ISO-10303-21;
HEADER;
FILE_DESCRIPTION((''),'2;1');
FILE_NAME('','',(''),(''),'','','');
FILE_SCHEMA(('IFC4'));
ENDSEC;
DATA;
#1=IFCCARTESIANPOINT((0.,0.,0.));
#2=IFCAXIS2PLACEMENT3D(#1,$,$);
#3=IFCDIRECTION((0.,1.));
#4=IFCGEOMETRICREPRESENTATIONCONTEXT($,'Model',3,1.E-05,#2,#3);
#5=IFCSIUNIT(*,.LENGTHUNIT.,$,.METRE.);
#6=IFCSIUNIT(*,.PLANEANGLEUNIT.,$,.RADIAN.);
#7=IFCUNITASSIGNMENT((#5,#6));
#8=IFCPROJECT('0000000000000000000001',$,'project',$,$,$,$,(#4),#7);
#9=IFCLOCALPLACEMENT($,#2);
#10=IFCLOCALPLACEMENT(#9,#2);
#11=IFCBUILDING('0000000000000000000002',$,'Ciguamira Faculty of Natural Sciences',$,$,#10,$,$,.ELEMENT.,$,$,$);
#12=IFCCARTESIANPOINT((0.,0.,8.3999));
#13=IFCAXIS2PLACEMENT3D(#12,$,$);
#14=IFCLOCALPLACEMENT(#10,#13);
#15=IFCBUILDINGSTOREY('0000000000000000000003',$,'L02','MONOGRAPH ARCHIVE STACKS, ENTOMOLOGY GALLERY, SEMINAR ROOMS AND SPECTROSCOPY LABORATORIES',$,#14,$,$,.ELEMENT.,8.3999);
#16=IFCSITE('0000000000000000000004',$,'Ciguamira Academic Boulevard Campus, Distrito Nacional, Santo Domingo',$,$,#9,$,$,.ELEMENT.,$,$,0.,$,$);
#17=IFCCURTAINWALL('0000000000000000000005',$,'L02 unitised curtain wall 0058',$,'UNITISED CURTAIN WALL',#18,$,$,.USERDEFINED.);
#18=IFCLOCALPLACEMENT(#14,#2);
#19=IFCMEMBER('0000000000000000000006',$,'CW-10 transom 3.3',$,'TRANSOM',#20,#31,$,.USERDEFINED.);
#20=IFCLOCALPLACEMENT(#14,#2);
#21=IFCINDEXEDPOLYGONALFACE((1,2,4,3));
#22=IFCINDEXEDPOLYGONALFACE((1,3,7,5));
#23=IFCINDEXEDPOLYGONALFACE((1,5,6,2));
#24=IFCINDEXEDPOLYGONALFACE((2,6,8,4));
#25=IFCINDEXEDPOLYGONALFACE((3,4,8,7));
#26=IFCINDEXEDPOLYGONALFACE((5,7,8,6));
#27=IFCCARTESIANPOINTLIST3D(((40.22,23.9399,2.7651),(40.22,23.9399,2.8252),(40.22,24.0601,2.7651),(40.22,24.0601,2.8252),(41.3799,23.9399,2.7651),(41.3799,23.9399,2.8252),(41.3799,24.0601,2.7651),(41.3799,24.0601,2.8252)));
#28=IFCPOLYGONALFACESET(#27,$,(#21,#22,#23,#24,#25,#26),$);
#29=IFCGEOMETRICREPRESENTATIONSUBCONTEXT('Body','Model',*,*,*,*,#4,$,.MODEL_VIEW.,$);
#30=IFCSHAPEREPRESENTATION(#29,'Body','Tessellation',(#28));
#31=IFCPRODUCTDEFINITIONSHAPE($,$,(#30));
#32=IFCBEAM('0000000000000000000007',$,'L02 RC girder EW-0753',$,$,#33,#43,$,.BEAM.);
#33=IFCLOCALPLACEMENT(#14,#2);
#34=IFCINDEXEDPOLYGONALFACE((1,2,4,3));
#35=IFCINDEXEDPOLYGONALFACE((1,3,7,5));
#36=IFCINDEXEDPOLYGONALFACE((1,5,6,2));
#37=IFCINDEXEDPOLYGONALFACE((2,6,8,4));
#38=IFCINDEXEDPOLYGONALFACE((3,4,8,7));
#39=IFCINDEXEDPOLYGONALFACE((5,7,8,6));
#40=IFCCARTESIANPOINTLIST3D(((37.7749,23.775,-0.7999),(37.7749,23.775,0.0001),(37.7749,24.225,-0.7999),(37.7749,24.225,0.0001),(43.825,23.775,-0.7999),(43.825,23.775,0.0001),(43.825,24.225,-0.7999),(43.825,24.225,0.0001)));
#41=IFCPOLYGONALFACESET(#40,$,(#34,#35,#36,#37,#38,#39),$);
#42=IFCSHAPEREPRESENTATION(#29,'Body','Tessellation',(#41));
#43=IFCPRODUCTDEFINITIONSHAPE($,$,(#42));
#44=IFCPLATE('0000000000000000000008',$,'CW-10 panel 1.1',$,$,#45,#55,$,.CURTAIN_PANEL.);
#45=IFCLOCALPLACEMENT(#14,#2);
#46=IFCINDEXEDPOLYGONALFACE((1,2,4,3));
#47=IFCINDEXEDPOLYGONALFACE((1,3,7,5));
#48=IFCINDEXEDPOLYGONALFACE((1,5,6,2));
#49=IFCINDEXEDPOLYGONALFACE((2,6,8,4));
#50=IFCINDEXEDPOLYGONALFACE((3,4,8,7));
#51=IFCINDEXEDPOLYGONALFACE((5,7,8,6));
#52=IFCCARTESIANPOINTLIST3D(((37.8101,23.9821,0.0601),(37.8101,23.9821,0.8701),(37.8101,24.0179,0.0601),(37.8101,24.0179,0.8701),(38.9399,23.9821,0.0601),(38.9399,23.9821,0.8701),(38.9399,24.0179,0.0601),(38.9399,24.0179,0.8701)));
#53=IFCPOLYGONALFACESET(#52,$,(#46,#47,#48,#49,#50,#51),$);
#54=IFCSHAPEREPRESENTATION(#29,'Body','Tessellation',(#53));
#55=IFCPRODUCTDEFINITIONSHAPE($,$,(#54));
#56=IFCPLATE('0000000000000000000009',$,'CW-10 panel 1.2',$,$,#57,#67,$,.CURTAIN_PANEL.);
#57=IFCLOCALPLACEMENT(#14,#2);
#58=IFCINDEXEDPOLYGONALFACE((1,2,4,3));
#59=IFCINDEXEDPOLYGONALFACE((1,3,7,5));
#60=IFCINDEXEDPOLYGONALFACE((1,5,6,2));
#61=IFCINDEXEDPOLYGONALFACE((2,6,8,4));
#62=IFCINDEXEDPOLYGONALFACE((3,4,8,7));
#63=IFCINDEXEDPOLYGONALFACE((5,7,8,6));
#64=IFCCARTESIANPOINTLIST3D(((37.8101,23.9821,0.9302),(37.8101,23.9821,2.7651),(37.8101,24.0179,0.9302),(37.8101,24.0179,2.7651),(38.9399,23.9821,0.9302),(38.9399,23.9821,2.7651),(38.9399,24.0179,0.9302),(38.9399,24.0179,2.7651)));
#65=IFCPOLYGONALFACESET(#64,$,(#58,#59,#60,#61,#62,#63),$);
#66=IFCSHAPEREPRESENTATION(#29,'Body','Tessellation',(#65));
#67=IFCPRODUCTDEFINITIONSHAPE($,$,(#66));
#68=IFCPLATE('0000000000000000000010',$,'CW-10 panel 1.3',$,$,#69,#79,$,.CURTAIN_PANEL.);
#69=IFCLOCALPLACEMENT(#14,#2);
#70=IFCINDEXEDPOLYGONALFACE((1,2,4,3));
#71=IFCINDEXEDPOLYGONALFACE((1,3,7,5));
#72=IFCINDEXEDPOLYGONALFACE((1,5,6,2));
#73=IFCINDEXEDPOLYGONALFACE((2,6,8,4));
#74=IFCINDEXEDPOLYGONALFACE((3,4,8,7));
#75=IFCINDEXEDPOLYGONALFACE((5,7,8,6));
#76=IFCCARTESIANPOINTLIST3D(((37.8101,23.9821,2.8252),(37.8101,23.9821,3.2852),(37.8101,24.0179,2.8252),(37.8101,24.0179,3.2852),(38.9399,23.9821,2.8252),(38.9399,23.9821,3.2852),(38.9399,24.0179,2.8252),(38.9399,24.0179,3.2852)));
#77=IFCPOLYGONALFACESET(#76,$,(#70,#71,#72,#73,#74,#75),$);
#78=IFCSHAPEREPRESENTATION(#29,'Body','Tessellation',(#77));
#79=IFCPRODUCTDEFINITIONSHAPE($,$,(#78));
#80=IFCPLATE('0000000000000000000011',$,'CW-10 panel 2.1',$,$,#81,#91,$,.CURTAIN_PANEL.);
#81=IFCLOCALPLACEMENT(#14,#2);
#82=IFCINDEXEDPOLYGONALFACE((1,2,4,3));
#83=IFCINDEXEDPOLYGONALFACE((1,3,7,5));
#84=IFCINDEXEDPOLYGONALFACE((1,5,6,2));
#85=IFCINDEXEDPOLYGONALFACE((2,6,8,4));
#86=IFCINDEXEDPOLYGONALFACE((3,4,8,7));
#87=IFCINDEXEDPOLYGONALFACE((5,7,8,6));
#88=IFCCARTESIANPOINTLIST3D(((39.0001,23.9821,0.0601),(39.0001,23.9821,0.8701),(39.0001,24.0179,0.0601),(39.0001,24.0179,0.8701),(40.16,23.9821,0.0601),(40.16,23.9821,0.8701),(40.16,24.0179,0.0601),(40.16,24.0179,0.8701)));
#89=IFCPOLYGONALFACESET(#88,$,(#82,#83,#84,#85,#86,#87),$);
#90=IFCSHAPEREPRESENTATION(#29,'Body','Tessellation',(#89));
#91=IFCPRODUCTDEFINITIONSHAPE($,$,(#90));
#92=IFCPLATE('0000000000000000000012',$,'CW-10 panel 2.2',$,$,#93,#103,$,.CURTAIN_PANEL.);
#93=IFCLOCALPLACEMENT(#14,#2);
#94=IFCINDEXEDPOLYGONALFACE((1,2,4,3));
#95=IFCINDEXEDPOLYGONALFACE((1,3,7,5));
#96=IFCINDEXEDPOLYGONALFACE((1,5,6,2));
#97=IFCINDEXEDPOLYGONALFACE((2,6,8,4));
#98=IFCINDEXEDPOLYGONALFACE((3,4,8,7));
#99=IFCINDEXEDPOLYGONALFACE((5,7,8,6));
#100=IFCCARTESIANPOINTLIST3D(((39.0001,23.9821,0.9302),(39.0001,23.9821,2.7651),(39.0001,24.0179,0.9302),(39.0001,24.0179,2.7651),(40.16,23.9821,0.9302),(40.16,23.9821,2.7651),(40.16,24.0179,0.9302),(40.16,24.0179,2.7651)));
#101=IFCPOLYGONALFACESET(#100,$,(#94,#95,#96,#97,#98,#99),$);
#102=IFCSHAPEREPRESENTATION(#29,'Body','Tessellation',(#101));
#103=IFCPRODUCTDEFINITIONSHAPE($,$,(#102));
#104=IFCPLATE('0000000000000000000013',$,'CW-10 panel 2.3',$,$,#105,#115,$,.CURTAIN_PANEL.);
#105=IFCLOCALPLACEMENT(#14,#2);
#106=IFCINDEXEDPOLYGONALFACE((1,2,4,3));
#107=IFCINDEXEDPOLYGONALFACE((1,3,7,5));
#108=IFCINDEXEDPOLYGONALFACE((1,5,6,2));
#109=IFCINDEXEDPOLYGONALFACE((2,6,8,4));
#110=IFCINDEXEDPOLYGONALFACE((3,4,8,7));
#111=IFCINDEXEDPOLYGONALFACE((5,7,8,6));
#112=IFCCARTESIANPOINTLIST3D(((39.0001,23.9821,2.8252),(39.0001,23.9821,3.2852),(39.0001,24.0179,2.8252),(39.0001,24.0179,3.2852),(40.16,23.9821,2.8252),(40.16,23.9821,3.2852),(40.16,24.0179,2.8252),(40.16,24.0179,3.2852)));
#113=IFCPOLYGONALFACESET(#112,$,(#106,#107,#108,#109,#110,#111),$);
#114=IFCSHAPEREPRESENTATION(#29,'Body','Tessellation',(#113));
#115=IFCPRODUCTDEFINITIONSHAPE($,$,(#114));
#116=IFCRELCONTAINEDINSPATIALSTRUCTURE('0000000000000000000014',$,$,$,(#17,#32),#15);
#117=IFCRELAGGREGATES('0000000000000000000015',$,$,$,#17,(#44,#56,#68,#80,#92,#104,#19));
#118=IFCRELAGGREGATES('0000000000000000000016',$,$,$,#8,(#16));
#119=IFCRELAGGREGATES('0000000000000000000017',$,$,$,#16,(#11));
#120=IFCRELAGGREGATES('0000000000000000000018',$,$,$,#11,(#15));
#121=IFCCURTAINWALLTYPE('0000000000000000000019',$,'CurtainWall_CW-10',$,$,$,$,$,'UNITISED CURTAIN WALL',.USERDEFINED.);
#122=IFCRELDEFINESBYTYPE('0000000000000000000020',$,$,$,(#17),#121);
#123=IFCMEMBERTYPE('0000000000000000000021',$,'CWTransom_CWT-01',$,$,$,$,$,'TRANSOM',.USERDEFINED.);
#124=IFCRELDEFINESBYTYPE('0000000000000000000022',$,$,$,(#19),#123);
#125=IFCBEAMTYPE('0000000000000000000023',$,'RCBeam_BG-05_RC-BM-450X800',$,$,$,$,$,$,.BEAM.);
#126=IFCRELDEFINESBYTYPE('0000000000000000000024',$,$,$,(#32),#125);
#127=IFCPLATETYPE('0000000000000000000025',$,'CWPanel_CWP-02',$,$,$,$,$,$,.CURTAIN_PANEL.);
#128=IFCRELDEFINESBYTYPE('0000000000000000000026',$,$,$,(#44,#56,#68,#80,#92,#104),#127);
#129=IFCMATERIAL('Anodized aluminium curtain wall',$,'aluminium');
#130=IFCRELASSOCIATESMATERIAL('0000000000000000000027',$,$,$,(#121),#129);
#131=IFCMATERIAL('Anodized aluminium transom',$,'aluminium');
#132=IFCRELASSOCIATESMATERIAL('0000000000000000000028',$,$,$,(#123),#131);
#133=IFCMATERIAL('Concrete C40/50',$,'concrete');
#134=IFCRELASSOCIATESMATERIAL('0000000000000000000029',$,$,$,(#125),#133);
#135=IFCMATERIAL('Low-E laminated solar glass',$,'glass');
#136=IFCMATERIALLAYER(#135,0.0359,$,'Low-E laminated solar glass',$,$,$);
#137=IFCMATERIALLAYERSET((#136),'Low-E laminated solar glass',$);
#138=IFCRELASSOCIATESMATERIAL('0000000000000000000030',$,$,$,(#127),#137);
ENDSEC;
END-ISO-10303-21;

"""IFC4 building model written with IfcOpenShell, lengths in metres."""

from ifc_helpers import new_model, si_unit, direction, frame, origin, origin_2d, place, context, subcontext, project, spatial, rectangle, extrude, material, layer, layer_set, material_profile, profile_set, type_object, element, aggregate, save


model = new_model("IFC4")

# Units and contexts
model_context = context("Model", 3, precision=1e-05, world=origin(), true_north=direction((0.0, 1.0)))
body_context = subcontext(model_context, "Body", "Model", "MODEL_VIEW")
ifc_project = project(units=[si_unit("LENGTHUNIT", "METRE"), si_unit("PLANEANGLEUNIT", "RADIAN")], contexts=[model_context])

# Site, building, storey
site_placement = place(None, origin())
site = spatial("IfcSite", under=ifc_project, at=site_placement, Name="Ciguamira Academic Boulevard Campus, Distrito Nacional, Santo Domingo", CompositionType="ELEMENT", RefElevation=0.0)
building_placement = place(site_placement, origin())
building = spatial("IfcBuilding", under=site, at=building_placement, Name="Ciguamira Faculty of Natural Sciences", CompositionType="ELEMENT")
storey_placement = place(building_placement, frame((0.0, 0.0, 8.3999)))
storey = spatial("IfcBuildingStorey", under=building, at=storey_placement, Name="L02", Description="MONOGRAPH ARCHIVE STACKS, ENTOMOLOGY GALLERY, SEMINAR ROOMS AND SPECTROSCOPY LABORATORIES", CompositionType="ELEMENT", Elevation=8.3999)

# Shared definitions
ifc_material_1 = material(Name="Concrete C40/50", Category="concrete")

# Curtain wall, member
ifc_material_2 = material(Name="Anodized aluminium curtain wall", Category="aluminium")
curtain_wall_type = type_object("IfcCurtainWallType", Name="CurtainWall_CW-10", ElementType="UNITISED CURTAIN WALL", PredefinedType="USERDEFINED", material=ifc_material_2)
curtain_wall_placement = place(storey_placement, origin())
curtain_wall = element("IfcCurtainWall", 1, at=curtain_wall_placement, inside=storey, type_object=curtain_wall_type, Name="L02 unitised curtain wall 0058", ObjectType="UNITISED CURTAIN WALL", PredefinedType="USERDEFINED")
ifc_material_3 = material(Name="Anodized aluminium transom", Category="aluminium")
ifc_material_profile_1 = material_profile(ifc_material_3, rectangle(XDim=0.0601, YDim=0.1201, at=origin_2d()), Name="ALU-TRN-60X120")
ifc_profile_set_1 = profile_set([ifc_material_profile_1], Name="Anodized aluminium transom")
member_type_1 = type_object("IfcMemberType", Name="CWTransom_CWT-01", ElementType="TRANSOM", PredefinedType="USERDEFINED", material=ifc_profile_set_1)
member_1_placement = place(storey_placement, frame((40.22, 24.0, 2.7952), z_axis=(1.0, 0.0, 0.0), x_axis=(0.0, 0.0, 1.0)))
member_1 = element("IfcMember", 2, at=member_1_placement, type_object=member_type_1, Name="CW-10 transom 3.3", ObjectType="TRANSOM", PredefinedType="USERDEFINED", context=body_context, shape_type="SweptSolid", body=[
    extrude(rectangle(XDim=0.0601, YDim=0.1201, at=origin_2d()), origin(), (0.0, 0.0, 1.0), 1.1599),
])

# Beam
ifc_material_profile_2 = material_profile(ifc_material_1, rectangle(XDim=0.45, YDim=0.8, at=origin_2d()), Name="RC-BM-450X800")
ifc_profile_set_2 = profile_set([ifc_material_profile_2], Name="Concrete C40/50")
beam_type = type_object("IfcBeamType", Name="RCBeam_BG-05_RC-BM-450X800", PredefinedType="BEAM", material=ifc_profile_set_2)
beam_placement = place(storey_placement, frame((37.7749, 24.0, -0.3999), z_axis=(1.0, 0.0, 0.0), x_axis=(0.0, 1.0, 0.0)))
element("IfcBeam", 3, at=beam_placement, inside=storey, type_object=beam_type, Name="L02 RC girder EW-0753", PredefinedType="BEAM", context=body_context, shape_type="SweptSolid", body=[
    extrude(rectangle(XDim=0.45, YDim=0.8, at=origin_2d()), origin(), (0.0, 0.0, 1.0), 6.05),
])

# Plates
ifc_material_4 = material(Name="Low-E laminated solar glass", Category="glass")
ifc_layer = layer(ifc_material_4, 0.0359, Name="Low-E laminated solar glass")
ifc_layer_set = layer_set([ifc_layer], Name="Low-E laminated solar glass")
plate_type = type_object("IfcPlateType", Name="CWPanel_CWP-02", PredefinedType="CURTAIN_PANEL", material=ifc_layer_set)
plate_1_placement = place(storey_placement, frame((38.375, 24.0, 0.0601), z_axis=(0.0, 0.0, 1.0), x_axis=(1.0, 0.0, 0.0)))
plate_1 = element("IfcPlate", 4, at=plate_1_placement, type_object=plate_type, Name="CW-10 panel 1.1", PredefinedType="CURTAIN_PANEL", context=body_context, shape_type="SweptSolid", body=[
    extrude(rectangle(XDim=1.1299, YDim=0.0359, at=origin_2d()), origin(), (0.0, 0.0, 1.0), 0.8101),
])
plate_2_placement = place(storey_placement, frame((38.375, 24.0, 0.9302), z_axis=(0.0, 0.0, 1.0), x_axis=(1.0, 0.0, 0.0)))
plate_2 = element("IfcPlate", 5, at=plate_2_placement, type_object=plate_type, Name="CW-10 panel 1.2", PredefinedType="CURTAIN_PANEL", context=body_context, shape_type="SweptSolid", body=[
    extrude(rectangle(XDim=1.1299, YDim=0.0359, at=origin_2d()), origin(), (0.0, 0.0, 1.0), 1.835),
])
plate_3_placement = place(storey_placement, frame((38.375, 24.0, 2.8252), z_axis=(0.0, 0.0, 1.0), x_axis=(1.0, 0.0, 0.0)))
plate_3 = element("IfcPlate", 6, at=plate_3_placement, type_object=plate_type, Name="CW-10 panel 1.3", PredefinedType="CURTAIN_PANEL", context=body_context, shape_type="SweptSolid", body=[
    extrude(rectangle(XDim=1.1299, YDim=0.0359, at=origin_2d()), origin(), (0.0, 0.0, 1.0), 0.46),
])
plate_4_placement = place(storey_placement, frame((39.5801, 24.0, 0.0601), z_axis=(0.0, 0.0, 1.0), x_axis=(1.0, 0.0, 0.0)))
plate_4 = element("IfcPlate", 7, at=plate_4_placement, type_object=plate_type, Name="CW-10 panel 2.1", PredefinedType="CURTAIN_PANEL", context=body_context, shape_type="SweptSolid", body=[
    extrude(rectangle(XDim=1.1599, YDim=0.0359, at=origin_2d()), origin(), (0.0, 0.0, 1.0), 0.8101),
])
plate_5_placement = place(storey_placement, frame((39.5801, 24.0, 0.9302), z_axis=(0.0, 0.0, 1.0), x_axis=(1.0, 0.0, 0.0)))
plate_5 = element("IfcPlate", 8, at=plate_5_placement, type_object=plate_type, Name="CW-10 panel 2.2", PredefinedType="CURTAIN_PANEL", context=body_context, shape_type="SweptSolid", body=[
    extrude(rectangle(XDim=1.1599, YDim=0.0359, at=origin_2d()), origin(), (0.0, 0.0, 1.0), 1.835),
])
plate_6_placement = place(storey_placement, frame((39.5801, 24.0, 2.8252), z_axis=(0.0, 0.0, 1.0), x_axis=(1.0, 0.0, 0.0)))
plate_6 = element("IfcPlate", 9, at=plate_6_placement, type_object=plate_type, Name="CW-10 panel 2.3", PredefinedType="CURTAIN_PANEL", context=body_context, shape_type="SweptSolid", body=[
    extrude(rectangle(XDim=1.1599, YDim=0.0359, at=origin_2d()), origin(), (0.0, 0.0, 1.0), 0.46),
])
aggregate(curtain_wall, [plate_1, plate_2, plate_3, plate_4, plate_5, plate_6, member_1])

save(model, "model.ifc")
